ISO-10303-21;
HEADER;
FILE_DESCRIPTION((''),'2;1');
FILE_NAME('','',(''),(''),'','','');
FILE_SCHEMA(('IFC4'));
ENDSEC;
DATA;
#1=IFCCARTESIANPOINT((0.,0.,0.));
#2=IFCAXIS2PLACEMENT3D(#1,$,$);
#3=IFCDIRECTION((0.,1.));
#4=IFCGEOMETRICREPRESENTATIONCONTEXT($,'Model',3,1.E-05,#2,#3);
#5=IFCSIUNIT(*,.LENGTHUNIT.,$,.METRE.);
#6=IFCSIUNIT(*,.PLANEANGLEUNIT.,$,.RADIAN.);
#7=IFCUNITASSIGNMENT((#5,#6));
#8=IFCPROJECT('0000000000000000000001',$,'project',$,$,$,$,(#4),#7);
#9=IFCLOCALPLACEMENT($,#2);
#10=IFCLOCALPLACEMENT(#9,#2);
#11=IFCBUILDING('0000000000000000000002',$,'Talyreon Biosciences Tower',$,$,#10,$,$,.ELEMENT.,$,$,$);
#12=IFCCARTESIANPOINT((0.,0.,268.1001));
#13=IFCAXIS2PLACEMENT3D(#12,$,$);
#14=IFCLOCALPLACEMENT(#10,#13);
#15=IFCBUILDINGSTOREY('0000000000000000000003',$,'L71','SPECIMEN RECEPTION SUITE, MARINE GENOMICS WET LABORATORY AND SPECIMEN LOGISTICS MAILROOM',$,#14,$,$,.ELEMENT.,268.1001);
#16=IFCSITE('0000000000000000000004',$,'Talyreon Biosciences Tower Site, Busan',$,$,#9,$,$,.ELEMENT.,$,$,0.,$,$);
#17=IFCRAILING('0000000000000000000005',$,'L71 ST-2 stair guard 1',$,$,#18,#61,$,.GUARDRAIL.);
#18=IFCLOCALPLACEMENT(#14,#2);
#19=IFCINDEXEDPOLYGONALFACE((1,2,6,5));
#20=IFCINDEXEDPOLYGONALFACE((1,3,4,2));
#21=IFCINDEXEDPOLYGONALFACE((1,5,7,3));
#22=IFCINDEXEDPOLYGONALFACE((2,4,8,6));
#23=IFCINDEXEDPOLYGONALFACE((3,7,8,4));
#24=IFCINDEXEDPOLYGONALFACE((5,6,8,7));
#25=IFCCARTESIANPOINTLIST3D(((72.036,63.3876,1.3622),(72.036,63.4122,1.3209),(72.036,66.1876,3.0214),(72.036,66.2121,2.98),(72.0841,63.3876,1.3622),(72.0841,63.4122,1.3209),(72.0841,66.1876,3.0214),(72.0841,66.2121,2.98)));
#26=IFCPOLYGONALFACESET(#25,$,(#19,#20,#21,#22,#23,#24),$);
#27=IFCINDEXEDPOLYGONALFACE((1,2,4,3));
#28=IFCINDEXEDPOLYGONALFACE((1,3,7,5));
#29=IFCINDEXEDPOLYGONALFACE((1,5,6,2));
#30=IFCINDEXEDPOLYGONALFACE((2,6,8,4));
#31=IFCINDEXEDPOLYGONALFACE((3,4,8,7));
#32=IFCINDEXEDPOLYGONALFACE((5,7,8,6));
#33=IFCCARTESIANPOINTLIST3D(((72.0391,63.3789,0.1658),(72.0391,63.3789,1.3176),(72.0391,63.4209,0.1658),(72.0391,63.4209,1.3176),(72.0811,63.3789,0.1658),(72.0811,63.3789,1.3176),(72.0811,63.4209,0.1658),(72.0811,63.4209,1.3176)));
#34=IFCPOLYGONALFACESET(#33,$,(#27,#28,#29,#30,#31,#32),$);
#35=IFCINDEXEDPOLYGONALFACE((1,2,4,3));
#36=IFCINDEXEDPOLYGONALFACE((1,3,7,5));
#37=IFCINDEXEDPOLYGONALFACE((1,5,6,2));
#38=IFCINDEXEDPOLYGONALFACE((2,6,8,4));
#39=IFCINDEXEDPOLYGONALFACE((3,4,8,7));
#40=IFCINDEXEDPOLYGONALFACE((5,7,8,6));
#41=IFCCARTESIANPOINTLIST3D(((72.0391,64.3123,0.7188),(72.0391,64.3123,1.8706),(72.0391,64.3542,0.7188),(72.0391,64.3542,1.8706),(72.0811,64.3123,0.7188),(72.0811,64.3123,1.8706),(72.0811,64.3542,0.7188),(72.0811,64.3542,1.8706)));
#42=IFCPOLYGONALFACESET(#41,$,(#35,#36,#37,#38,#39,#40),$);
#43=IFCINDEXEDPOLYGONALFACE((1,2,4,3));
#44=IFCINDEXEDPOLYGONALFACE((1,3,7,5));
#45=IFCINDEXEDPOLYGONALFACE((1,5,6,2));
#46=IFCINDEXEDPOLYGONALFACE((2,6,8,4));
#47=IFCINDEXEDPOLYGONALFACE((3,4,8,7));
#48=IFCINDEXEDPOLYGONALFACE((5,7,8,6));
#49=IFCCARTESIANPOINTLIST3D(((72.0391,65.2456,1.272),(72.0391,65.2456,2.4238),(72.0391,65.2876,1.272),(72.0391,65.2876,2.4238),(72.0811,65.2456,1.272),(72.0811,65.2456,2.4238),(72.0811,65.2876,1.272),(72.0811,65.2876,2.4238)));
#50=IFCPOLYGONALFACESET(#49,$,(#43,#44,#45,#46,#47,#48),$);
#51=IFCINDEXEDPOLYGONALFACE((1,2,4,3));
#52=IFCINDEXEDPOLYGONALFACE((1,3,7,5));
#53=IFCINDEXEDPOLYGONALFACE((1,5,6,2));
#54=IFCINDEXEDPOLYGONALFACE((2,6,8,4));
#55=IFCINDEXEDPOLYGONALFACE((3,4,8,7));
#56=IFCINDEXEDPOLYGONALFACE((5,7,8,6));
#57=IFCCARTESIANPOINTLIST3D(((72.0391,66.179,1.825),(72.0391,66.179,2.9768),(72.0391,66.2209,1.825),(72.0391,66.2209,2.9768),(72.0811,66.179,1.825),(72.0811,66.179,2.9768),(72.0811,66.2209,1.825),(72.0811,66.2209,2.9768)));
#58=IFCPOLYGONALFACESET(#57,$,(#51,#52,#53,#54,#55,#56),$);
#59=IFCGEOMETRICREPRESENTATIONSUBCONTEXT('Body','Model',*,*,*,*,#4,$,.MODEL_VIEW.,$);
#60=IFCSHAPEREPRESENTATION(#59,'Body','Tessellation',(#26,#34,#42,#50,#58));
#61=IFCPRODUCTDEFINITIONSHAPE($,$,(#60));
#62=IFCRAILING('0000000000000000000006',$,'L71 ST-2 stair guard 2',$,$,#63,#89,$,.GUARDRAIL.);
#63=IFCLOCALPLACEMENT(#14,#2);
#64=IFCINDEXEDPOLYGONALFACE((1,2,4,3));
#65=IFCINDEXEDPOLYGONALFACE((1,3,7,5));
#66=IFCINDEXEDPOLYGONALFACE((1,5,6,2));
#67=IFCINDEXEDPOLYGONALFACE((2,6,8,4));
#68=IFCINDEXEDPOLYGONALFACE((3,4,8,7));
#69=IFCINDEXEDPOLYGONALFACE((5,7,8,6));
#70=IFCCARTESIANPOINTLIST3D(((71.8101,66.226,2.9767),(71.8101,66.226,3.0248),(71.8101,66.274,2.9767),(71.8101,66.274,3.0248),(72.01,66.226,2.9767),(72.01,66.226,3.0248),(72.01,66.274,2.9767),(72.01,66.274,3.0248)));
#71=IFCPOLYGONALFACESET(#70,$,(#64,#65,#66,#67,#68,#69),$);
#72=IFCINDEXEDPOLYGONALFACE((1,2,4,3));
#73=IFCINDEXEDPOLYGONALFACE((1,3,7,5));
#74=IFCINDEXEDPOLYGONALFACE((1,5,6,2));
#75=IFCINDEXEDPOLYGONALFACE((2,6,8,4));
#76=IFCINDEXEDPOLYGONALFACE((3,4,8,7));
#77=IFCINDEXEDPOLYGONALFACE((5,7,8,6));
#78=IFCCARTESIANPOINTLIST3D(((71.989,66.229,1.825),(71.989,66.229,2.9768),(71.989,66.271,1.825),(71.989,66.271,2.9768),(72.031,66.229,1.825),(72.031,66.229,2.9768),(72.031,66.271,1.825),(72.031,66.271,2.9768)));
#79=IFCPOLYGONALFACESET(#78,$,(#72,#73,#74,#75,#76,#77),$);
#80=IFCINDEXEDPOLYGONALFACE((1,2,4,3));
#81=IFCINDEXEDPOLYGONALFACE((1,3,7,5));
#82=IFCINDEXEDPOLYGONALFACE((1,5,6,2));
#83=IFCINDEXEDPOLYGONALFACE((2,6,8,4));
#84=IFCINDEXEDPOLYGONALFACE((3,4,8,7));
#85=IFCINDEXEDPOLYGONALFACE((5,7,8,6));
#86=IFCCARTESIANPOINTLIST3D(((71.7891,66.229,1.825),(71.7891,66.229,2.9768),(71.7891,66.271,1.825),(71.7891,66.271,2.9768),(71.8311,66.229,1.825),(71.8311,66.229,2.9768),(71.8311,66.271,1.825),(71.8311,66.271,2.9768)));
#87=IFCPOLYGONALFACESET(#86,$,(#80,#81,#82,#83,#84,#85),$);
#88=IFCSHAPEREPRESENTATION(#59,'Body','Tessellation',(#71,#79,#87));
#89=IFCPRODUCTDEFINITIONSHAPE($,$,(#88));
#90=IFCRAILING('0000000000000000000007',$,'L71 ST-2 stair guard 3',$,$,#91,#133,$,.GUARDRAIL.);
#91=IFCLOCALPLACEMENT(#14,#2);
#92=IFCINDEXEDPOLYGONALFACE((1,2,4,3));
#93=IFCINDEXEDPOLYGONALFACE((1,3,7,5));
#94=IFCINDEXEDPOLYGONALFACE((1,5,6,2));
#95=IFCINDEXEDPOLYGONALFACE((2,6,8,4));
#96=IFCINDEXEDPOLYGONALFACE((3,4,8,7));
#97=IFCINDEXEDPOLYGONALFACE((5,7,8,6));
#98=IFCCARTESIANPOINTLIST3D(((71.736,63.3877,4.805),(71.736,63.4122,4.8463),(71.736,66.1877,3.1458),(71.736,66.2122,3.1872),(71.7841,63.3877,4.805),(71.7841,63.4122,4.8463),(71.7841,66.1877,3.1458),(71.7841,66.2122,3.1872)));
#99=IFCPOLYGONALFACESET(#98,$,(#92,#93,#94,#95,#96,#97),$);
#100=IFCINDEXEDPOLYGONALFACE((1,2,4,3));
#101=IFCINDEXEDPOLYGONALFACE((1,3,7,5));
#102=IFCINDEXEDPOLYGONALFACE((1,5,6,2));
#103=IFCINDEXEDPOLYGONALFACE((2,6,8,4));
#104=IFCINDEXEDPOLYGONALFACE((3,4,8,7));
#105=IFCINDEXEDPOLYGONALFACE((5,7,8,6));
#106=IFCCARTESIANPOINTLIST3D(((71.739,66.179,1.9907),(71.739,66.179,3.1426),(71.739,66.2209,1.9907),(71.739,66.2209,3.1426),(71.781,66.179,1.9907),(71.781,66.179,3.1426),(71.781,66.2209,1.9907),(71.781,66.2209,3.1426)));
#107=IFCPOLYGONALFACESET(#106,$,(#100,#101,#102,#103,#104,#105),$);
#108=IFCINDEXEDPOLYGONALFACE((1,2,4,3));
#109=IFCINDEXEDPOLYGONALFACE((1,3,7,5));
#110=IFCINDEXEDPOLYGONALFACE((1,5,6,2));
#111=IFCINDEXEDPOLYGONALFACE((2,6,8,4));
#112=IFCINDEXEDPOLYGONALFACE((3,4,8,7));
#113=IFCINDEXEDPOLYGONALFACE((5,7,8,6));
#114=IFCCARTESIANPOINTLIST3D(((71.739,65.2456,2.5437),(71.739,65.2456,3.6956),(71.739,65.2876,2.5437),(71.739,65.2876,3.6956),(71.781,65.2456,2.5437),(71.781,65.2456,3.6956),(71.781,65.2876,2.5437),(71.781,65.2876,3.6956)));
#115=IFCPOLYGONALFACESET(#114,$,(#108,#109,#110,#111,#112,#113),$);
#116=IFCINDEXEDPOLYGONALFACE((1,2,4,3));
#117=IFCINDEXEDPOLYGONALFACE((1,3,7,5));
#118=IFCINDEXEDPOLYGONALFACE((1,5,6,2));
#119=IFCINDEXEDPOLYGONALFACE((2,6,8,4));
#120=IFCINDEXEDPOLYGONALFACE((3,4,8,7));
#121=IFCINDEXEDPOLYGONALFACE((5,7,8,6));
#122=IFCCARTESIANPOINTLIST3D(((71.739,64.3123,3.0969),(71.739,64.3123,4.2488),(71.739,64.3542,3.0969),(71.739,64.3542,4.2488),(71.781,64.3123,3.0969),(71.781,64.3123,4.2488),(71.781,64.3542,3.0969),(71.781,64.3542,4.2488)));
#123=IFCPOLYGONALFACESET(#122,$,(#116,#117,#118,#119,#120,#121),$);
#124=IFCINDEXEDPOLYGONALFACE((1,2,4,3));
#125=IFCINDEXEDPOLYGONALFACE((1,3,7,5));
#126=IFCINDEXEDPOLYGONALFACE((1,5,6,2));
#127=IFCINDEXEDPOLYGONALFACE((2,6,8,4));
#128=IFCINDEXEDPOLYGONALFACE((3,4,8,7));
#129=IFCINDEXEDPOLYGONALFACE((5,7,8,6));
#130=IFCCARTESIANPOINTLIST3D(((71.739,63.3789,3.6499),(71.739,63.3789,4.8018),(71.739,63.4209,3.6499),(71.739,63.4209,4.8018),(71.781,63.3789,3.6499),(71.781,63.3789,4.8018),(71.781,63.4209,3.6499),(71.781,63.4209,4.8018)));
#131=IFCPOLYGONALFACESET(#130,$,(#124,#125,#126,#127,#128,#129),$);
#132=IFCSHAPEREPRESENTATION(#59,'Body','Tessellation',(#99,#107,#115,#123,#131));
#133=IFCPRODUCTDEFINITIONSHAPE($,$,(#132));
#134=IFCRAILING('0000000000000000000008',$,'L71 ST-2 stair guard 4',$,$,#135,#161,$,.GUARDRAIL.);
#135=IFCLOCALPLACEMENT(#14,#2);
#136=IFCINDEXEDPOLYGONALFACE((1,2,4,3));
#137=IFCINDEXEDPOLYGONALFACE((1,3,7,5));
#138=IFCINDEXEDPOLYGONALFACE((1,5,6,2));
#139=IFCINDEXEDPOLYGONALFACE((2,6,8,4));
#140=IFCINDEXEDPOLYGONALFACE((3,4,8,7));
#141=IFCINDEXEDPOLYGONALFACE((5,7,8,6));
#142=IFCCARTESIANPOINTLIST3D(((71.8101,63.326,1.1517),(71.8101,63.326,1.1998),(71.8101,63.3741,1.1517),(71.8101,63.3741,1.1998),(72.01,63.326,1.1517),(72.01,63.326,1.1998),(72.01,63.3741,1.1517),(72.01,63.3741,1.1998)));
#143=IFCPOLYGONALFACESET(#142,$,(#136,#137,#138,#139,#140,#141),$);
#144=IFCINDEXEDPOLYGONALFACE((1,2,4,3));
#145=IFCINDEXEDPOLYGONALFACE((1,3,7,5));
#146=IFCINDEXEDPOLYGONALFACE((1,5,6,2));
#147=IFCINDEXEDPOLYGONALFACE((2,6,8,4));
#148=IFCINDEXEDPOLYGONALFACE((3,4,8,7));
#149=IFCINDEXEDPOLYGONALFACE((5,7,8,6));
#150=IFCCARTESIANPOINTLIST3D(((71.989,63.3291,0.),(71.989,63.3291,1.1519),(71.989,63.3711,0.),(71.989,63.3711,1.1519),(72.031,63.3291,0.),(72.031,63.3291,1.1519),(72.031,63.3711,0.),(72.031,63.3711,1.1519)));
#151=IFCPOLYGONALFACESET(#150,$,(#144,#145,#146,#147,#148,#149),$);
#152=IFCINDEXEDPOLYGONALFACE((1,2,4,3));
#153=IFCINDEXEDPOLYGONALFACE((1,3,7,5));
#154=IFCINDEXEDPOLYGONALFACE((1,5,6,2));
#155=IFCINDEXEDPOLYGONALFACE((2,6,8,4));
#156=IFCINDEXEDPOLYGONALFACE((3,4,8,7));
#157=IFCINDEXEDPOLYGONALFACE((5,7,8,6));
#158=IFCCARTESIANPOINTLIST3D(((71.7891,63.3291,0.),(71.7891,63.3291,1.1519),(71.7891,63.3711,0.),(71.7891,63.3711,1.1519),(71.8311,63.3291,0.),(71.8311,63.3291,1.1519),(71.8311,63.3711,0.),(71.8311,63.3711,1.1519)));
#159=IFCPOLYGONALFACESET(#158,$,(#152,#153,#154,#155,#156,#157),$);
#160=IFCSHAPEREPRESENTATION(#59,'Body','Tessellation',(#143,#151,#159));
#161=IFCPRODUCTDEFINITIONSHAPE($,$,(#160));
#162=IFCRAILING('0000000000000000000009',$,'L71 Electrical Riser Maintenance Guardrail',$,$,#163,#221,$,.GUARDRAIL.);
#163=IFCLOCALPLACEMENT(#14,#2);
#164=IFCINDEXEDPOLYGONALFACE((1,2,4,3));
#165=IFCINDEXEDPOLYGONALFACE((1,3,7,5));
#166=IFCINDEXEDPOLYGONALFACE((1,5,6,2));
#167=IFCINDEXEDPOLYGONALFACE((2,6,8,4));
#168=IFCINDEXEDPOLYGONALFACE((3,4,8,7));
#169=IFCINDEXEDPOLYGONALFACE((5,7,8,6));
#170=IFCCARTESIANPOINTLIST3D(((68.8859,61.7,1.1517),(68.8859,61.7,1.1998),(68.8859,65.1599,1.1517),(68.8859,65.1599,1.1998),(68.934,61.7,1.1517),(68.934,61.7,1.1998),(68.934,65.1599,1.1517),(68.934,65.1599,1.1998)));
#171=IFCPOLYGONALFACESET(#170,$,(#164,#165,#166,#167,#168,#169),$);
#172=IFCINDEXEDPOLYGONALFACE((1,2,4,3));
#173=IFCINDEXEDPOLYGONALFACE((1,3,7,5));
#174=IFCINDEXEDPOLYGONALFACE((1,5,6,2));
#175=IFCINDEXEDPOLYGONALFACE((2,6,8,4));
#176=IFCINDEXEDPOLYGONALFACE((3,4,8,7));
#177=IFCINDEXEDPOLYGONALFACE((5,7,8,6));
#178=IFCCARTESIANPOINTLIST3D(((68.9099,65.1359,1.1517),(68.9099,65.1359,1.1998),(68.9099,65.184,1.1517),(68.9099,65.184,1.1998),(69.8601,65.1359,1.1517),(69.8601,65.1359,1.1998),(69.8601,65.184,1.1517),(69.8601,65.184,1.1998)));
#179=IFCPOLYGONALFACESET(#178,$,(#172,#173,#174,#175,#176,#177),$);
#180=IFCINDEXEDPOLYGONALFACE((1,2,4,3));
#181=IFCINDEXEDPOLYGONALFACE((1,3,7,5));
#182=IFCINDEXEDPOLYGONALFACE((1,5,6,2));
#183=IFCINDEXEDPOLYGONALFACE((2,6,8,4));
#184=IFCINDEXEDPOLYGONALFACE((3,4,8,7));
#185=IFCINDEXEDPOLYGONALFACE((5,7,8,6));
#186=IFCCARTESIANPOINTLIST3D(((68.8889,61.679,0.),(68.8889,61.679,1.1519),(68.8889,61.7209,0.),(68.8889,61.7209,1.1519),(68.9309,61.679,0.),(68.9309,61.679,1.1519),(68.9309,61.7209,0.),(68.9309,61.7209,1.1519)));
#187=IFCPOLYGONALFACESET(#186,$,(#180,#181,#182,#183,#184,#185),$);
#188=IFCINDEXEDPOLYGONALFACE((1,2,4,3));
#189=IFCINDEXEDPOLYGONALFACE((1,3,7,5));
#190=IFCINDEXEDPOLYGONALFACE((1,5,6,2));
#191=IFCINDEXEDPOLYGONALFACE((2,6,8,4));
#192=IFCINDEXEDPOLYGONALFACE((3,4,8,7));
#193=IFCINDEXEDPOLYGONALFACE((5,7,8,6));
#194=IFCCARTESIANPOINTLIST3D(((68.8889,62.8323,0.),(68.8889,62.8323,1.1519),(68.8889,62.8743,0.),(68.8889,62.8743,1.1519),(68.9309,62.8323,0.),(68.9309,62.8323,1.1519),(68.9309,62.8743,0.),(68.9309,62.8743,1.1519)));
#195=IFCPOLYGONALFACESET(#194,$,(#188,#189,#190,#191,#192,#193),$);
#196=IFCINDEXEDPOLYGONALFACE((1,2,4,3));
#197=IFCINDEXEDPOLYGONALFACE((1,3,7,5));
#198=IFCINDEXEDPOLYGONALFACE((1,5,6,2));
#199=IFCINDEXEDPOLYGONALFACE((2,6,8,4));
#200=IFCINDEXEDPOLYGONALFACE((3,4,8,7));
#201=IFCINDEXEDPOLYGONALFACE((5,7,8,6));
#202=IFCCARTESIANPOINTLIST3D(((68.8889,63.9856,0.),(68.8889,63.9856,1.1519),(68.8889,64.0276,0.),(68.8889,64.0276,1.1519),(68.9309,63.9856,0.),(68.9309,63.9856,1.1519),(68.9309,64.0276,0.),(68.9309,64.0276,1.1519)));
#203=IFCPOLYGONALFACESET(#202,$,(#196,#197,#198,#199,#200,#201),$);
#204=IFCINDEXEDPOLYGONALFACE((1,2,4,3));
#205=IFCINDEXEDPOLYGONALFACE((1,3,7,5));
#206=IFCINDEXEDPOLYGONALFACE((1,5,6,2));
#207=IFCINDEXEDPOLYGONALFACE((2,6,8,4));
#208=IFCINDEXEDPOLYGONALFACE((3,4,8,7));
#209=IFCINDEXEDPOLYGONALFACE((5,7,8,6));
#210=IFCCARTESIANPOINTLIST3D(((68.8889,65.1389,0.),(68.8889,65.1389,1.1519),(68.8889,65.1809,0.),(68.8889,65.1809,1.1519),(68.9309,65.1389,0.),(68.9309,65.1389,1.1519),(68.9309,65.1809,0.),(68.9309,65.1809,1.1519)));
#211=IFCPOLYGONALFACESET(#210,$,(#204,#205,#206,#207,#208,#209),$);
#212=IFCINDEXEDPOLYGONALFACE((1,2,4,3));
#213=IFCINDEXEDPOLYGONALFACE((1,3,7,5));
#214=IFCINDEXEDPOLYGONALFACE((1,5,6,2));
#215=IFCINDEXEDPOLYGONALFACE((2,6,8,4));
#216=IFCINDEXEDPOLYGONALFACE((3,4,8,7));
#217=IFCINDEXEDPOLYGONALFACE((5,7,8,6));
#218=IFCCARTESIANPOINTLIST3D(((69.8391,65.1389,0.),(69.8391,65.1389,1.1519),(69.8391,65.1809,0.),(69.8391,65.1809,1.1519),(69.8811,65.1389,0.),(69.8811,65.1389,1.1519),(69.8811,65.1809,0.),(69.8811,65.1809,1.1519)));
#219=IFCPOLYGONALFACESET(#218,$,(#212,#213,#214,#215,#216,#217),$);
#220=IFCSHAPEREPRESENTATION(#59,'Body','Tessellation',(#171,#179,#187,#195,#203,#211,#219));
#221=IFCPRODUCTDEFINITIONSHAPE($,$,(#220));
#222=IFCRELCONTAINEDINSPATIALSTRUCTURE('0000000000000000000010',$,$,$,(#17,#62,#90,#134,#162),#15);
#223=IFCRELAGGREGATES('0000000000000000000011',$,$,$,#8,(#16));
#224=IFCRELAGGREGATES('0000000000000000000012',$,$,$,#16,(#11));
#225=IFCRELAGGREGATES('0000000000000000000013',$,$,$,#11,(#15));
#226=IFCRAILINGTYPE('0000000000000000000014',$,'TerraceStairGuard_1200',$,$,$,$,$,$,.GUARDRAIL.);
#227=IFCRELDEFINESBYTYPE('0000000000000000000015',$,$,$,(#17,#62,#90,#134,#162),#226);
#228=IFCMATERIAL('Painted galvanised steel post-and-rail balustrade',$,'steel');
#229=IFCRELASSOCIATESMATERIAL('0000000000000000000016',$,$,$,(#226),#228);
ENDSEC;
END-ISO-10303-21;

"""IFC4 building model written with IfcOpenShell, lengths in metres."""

from ifc_helpers import new_model, si_unit, direction, frame, origin, origin_2d, place, context, subcontext, project, spatial, rectangle, extrude, material, type_object, element, save


model = new_model("IFC4")

# Units and contexts
model_context = context("Model", 3, precision=1e-05, world=origin(), true_north=direction((0.0, 1.0)))
body_context = subcontext(model_context, "Body", "Model", "MODEL_VIEW")
ifc_project = project(units=[si_unit("LENGTHUNIT", "METRE"), si_unit("PLANEANGLEUNIT", "RADIAN")], contexts=[model_context])

# Site, building, storey
site_placement = place(None, origin())
site = spatial("IfcSite", under=ifc_project, at=site_placement, Name="Talyreon Biosciences Tower Site, Busan", CompositionType="ELEMENT", RefElevation=0.0)
building_placement = place(site_placement, origin())
building = spatial("IfcBuilding", under=site, at=building_placement, Name="Talyreon Biosciences Tower", CompositionType="ELEMENT")
storey_placement = place(building_placement, frame((0.0, 0.0, 268.1001)))
storey = spatial("IfcBuildingStorey", under=building, at=storey_placement, Name="L71", Description="SPECIMEN RECEPTION SUITE, MARINE GENOMICS WET LABORATORY AND SPECIMEN LOGISTICS MAILROOM", CompositionType="ELEMENT", Elevation=268.1001)

# Railings
ifc_material_1 = material(Name="Painted galvanised steel post-and-rail balustrade", Category="steel")
railing_type_1 = type_object("IfcRailingType", Name="TerraceStairGuard_1200", PredefinedType="GUARDRAIL", material=ifc_material_1)
railing_1_placement = place(storey_placement, frame((72.0601, 63.3999, 0.1658)))
element("IfcRailing", 1, at=railing_1_placement, inside=storey, type_object=railing_type_1, Name="L71 ST-2 stair guard 1", PredefinedType="GUARDRAIL", context=body_context, shape_type="SweptSolid", body=[
    extrude(rectangle(XDim=0.0481, YDim=0.0481, at=origin_2d()), frame((0.0, 0.0, 1.1758), z_axis=(0.0, 0.860306, 0.509778), x_axis=(-1.0, 0.0, 0.0)), (0.0, 0.0, 1.0), 3.2546),
    extrude(rectangle(XDim=0.042, YDim=0.042, at=origin_2d()), origin(), (0.0, 0.0, 1.0), 1.1519),
    extrude(rectangle(XDim=0.042, YDim=0.042, at=origin_2d()), frame((0.0, 0.9333, 0.553)), (0.0, 0.0, 1.0), 1.1519),
    extrude(rectangle(XDim=0.042, YDim=0.042, at=origin_2d()), frame((0.0, 1.8667, 1.1062)), (0.0, 0.0, 1.0), 1.1519),
    extrude(rectangle(XDim=0.042, YDim=0.042, at=origin_2d()), frame((0.0, 2.8, 1.6592)), (0.0, 0.0, 1.0), 1.1519),
])
railing_2_placement = place(storey_placement, frame((72.01, 66.25, 1.825)))
element("IfcRailing", 2, at=railing_2_placement, inside=storey, type_object=railing_type_1, Name="L71 ST-2 stair guard 2", PredefinedType="GUARDRAIL", context=body_context, shape_type="SweptSolid", body=[
    extrude(rectangle(XDim=0.0481, YDim=0.0481, at=origin_2d()), frame((0.0, 0.0, 1.1758), z_axis=(-1.0, 0.0, 0.0), x_axis=(0.0, -1.0, 0.0)), (0.0, 0.0, 1.0), 0.2),
    extrude(rectangle(XDim=0.042, YDim=0.042, at=origin_2d()), origin(), (0.0, 0.0, 1.0), 1.1519),
    extrude(rectangle(XDim=0.042, YDim=0.042, at=origin_2d()), frame((-0.2, 0.0, 0.0)), (0.0, 0.0, 1.0), 1.1519),
])
railing_3_placement = place(storey_placement, frame((71.76, 66.2, 1.9907)))
element("IfcRailing", 3, at=railing_3_placement, inside=storey, type_object=railing_type_1, Name="L71 ST-2 stair guard 3", PredefinedType="GUARDRAIL", context=body_context, shape_type="SweptSolid", body=[
    extrude(rectangle(XDim=0.0481, YDim=0.0481, at=origin_2d()), frame((0.0, 0.0, 1.1758), z_axis=(0.0, -0.860306, 0.509778), x_axis=(1.0, 0.0, 0.0)), (0.0, 0.0, 1.0), 3.2546),
    extrude(rectangle(XDim=0.042, YDim=0.042, at=origin_2d()), origin(), (0.0, 0.0, 1.0), 1.1519),
    extrude(rectangle(XDim=0.042, YDim=0.042, at=origin_2d()), frame((0.0, -0.9333, 0.553)), (0.0, 0.0, 1.0), 1.1519),
    extrude(rectangle(XDim=0.042, YDim=0.042, at=origin_2d()), frame((0.0, -1.8667, 1.1062)), (0.0, 0.0, 1.0), 1.1519),
    extrude(rectangle(XDim=0.042, YDim=0.042, at=origin_2d()), frame((0.0, -2.8, 1.6592)), (0.0, 0.0, 1.0), 1.1519),
])
railing_4_placement = place(storey_placement, frame((72.01, 63.3501, 0.0)))
element("IfcRailing", 4, at=railing_4_placement, inside=storey, type_object=railing_type_1, Name="L71 ST-2 stair guard 4", PredefinedType="GUARDRAIL", context=body_context, shape_type="SweptSolid", body=[
    extrude(rectangle(XDim=0.0481, YDim=0.0481, at=origin_2d()), frame((0.0, 0.0, 1.1758), z_axis=(-1.0, 0.0, 0.0), x_axis=(0.0, -1.0, 0.0)), (0.0, 0.0, 1.0), 0.2),
    extrude(rectangle(XDim=0.042, YDim=0.042, at=origin_2d()), origin(), (0.0, 0.0, 1.0), 1.1519),
    extrude(rectangle(XDim=0.042, YDim=0.042, at=origin_2d()), frame((-0.2, 0.0, 0.0)), (0.0, 0.0, 1.0), 1.1519),
])
railing_5_placement = place(storey_placement, frame((68.9099, 61.7, 0.0)))
element("IfcRailing", 5, at=railing_5_placement, inside=storey, type_object=railing_type_1, Name="L71 Electrical Riser Maintenance Guardrail", PredefinedType="GUARDRAIL", context=body_context, shape_type="SweptSolid", body=[
    extrude(rectangle(XDim=0.0481, YDim=0.0481, at=origin_2d()), frame((0.0, 0.0, 1.1758), z_axis=(0.0, 1.0, 0.0), x_axis=(-1.0, 0.0, 0.0)), (0.0, 0.0, 1.0), 3.46),
    extrude(rectangle(XDim=0.0481, YDim=0.0481, at=origin_2d()), frame((0.0, 3.46, 1.1758), z_axis=(1.0, 0.0, 0.0), x_axis=(0.0, 1.0, 0.0)), (0.0, 0.0, 1.0), 0.9502),
    extrude(rectangle(XDim=0.042, YDim=0.042, at=origin_2d()), origin(), (0.0, 0.0, 1.0), 1.1519),
    extrude(rectangle(XDim=0.042, YDim=0.042, at=origin_2d()), frame((0.0, 1.1533, 0.0)), (0.0, 0.0, 1.0), 1.1519),
    extrude(rectangle(XDim=0.042, YDim=0.042, at=origin_2d()), frame((0.0, 2.3066, 0.0)), (0.0, 0.0, 1.0), 1.1519),
    extrude(rectangle(XDim=0.042, YDim=0.042, at=origin_2d()), frame((0.0, 3.46, 0.0)), (0.0, 0.0, 1.0), 1.1519),
    extrude(rectangle(XDim=0.042, YDim=0.042, at=origin_2d()), frame((0.9502, 3.46, 0.0)), (0.0, 0.0, 1.0), 1.1519),
])

save(model, "model.ifc")
